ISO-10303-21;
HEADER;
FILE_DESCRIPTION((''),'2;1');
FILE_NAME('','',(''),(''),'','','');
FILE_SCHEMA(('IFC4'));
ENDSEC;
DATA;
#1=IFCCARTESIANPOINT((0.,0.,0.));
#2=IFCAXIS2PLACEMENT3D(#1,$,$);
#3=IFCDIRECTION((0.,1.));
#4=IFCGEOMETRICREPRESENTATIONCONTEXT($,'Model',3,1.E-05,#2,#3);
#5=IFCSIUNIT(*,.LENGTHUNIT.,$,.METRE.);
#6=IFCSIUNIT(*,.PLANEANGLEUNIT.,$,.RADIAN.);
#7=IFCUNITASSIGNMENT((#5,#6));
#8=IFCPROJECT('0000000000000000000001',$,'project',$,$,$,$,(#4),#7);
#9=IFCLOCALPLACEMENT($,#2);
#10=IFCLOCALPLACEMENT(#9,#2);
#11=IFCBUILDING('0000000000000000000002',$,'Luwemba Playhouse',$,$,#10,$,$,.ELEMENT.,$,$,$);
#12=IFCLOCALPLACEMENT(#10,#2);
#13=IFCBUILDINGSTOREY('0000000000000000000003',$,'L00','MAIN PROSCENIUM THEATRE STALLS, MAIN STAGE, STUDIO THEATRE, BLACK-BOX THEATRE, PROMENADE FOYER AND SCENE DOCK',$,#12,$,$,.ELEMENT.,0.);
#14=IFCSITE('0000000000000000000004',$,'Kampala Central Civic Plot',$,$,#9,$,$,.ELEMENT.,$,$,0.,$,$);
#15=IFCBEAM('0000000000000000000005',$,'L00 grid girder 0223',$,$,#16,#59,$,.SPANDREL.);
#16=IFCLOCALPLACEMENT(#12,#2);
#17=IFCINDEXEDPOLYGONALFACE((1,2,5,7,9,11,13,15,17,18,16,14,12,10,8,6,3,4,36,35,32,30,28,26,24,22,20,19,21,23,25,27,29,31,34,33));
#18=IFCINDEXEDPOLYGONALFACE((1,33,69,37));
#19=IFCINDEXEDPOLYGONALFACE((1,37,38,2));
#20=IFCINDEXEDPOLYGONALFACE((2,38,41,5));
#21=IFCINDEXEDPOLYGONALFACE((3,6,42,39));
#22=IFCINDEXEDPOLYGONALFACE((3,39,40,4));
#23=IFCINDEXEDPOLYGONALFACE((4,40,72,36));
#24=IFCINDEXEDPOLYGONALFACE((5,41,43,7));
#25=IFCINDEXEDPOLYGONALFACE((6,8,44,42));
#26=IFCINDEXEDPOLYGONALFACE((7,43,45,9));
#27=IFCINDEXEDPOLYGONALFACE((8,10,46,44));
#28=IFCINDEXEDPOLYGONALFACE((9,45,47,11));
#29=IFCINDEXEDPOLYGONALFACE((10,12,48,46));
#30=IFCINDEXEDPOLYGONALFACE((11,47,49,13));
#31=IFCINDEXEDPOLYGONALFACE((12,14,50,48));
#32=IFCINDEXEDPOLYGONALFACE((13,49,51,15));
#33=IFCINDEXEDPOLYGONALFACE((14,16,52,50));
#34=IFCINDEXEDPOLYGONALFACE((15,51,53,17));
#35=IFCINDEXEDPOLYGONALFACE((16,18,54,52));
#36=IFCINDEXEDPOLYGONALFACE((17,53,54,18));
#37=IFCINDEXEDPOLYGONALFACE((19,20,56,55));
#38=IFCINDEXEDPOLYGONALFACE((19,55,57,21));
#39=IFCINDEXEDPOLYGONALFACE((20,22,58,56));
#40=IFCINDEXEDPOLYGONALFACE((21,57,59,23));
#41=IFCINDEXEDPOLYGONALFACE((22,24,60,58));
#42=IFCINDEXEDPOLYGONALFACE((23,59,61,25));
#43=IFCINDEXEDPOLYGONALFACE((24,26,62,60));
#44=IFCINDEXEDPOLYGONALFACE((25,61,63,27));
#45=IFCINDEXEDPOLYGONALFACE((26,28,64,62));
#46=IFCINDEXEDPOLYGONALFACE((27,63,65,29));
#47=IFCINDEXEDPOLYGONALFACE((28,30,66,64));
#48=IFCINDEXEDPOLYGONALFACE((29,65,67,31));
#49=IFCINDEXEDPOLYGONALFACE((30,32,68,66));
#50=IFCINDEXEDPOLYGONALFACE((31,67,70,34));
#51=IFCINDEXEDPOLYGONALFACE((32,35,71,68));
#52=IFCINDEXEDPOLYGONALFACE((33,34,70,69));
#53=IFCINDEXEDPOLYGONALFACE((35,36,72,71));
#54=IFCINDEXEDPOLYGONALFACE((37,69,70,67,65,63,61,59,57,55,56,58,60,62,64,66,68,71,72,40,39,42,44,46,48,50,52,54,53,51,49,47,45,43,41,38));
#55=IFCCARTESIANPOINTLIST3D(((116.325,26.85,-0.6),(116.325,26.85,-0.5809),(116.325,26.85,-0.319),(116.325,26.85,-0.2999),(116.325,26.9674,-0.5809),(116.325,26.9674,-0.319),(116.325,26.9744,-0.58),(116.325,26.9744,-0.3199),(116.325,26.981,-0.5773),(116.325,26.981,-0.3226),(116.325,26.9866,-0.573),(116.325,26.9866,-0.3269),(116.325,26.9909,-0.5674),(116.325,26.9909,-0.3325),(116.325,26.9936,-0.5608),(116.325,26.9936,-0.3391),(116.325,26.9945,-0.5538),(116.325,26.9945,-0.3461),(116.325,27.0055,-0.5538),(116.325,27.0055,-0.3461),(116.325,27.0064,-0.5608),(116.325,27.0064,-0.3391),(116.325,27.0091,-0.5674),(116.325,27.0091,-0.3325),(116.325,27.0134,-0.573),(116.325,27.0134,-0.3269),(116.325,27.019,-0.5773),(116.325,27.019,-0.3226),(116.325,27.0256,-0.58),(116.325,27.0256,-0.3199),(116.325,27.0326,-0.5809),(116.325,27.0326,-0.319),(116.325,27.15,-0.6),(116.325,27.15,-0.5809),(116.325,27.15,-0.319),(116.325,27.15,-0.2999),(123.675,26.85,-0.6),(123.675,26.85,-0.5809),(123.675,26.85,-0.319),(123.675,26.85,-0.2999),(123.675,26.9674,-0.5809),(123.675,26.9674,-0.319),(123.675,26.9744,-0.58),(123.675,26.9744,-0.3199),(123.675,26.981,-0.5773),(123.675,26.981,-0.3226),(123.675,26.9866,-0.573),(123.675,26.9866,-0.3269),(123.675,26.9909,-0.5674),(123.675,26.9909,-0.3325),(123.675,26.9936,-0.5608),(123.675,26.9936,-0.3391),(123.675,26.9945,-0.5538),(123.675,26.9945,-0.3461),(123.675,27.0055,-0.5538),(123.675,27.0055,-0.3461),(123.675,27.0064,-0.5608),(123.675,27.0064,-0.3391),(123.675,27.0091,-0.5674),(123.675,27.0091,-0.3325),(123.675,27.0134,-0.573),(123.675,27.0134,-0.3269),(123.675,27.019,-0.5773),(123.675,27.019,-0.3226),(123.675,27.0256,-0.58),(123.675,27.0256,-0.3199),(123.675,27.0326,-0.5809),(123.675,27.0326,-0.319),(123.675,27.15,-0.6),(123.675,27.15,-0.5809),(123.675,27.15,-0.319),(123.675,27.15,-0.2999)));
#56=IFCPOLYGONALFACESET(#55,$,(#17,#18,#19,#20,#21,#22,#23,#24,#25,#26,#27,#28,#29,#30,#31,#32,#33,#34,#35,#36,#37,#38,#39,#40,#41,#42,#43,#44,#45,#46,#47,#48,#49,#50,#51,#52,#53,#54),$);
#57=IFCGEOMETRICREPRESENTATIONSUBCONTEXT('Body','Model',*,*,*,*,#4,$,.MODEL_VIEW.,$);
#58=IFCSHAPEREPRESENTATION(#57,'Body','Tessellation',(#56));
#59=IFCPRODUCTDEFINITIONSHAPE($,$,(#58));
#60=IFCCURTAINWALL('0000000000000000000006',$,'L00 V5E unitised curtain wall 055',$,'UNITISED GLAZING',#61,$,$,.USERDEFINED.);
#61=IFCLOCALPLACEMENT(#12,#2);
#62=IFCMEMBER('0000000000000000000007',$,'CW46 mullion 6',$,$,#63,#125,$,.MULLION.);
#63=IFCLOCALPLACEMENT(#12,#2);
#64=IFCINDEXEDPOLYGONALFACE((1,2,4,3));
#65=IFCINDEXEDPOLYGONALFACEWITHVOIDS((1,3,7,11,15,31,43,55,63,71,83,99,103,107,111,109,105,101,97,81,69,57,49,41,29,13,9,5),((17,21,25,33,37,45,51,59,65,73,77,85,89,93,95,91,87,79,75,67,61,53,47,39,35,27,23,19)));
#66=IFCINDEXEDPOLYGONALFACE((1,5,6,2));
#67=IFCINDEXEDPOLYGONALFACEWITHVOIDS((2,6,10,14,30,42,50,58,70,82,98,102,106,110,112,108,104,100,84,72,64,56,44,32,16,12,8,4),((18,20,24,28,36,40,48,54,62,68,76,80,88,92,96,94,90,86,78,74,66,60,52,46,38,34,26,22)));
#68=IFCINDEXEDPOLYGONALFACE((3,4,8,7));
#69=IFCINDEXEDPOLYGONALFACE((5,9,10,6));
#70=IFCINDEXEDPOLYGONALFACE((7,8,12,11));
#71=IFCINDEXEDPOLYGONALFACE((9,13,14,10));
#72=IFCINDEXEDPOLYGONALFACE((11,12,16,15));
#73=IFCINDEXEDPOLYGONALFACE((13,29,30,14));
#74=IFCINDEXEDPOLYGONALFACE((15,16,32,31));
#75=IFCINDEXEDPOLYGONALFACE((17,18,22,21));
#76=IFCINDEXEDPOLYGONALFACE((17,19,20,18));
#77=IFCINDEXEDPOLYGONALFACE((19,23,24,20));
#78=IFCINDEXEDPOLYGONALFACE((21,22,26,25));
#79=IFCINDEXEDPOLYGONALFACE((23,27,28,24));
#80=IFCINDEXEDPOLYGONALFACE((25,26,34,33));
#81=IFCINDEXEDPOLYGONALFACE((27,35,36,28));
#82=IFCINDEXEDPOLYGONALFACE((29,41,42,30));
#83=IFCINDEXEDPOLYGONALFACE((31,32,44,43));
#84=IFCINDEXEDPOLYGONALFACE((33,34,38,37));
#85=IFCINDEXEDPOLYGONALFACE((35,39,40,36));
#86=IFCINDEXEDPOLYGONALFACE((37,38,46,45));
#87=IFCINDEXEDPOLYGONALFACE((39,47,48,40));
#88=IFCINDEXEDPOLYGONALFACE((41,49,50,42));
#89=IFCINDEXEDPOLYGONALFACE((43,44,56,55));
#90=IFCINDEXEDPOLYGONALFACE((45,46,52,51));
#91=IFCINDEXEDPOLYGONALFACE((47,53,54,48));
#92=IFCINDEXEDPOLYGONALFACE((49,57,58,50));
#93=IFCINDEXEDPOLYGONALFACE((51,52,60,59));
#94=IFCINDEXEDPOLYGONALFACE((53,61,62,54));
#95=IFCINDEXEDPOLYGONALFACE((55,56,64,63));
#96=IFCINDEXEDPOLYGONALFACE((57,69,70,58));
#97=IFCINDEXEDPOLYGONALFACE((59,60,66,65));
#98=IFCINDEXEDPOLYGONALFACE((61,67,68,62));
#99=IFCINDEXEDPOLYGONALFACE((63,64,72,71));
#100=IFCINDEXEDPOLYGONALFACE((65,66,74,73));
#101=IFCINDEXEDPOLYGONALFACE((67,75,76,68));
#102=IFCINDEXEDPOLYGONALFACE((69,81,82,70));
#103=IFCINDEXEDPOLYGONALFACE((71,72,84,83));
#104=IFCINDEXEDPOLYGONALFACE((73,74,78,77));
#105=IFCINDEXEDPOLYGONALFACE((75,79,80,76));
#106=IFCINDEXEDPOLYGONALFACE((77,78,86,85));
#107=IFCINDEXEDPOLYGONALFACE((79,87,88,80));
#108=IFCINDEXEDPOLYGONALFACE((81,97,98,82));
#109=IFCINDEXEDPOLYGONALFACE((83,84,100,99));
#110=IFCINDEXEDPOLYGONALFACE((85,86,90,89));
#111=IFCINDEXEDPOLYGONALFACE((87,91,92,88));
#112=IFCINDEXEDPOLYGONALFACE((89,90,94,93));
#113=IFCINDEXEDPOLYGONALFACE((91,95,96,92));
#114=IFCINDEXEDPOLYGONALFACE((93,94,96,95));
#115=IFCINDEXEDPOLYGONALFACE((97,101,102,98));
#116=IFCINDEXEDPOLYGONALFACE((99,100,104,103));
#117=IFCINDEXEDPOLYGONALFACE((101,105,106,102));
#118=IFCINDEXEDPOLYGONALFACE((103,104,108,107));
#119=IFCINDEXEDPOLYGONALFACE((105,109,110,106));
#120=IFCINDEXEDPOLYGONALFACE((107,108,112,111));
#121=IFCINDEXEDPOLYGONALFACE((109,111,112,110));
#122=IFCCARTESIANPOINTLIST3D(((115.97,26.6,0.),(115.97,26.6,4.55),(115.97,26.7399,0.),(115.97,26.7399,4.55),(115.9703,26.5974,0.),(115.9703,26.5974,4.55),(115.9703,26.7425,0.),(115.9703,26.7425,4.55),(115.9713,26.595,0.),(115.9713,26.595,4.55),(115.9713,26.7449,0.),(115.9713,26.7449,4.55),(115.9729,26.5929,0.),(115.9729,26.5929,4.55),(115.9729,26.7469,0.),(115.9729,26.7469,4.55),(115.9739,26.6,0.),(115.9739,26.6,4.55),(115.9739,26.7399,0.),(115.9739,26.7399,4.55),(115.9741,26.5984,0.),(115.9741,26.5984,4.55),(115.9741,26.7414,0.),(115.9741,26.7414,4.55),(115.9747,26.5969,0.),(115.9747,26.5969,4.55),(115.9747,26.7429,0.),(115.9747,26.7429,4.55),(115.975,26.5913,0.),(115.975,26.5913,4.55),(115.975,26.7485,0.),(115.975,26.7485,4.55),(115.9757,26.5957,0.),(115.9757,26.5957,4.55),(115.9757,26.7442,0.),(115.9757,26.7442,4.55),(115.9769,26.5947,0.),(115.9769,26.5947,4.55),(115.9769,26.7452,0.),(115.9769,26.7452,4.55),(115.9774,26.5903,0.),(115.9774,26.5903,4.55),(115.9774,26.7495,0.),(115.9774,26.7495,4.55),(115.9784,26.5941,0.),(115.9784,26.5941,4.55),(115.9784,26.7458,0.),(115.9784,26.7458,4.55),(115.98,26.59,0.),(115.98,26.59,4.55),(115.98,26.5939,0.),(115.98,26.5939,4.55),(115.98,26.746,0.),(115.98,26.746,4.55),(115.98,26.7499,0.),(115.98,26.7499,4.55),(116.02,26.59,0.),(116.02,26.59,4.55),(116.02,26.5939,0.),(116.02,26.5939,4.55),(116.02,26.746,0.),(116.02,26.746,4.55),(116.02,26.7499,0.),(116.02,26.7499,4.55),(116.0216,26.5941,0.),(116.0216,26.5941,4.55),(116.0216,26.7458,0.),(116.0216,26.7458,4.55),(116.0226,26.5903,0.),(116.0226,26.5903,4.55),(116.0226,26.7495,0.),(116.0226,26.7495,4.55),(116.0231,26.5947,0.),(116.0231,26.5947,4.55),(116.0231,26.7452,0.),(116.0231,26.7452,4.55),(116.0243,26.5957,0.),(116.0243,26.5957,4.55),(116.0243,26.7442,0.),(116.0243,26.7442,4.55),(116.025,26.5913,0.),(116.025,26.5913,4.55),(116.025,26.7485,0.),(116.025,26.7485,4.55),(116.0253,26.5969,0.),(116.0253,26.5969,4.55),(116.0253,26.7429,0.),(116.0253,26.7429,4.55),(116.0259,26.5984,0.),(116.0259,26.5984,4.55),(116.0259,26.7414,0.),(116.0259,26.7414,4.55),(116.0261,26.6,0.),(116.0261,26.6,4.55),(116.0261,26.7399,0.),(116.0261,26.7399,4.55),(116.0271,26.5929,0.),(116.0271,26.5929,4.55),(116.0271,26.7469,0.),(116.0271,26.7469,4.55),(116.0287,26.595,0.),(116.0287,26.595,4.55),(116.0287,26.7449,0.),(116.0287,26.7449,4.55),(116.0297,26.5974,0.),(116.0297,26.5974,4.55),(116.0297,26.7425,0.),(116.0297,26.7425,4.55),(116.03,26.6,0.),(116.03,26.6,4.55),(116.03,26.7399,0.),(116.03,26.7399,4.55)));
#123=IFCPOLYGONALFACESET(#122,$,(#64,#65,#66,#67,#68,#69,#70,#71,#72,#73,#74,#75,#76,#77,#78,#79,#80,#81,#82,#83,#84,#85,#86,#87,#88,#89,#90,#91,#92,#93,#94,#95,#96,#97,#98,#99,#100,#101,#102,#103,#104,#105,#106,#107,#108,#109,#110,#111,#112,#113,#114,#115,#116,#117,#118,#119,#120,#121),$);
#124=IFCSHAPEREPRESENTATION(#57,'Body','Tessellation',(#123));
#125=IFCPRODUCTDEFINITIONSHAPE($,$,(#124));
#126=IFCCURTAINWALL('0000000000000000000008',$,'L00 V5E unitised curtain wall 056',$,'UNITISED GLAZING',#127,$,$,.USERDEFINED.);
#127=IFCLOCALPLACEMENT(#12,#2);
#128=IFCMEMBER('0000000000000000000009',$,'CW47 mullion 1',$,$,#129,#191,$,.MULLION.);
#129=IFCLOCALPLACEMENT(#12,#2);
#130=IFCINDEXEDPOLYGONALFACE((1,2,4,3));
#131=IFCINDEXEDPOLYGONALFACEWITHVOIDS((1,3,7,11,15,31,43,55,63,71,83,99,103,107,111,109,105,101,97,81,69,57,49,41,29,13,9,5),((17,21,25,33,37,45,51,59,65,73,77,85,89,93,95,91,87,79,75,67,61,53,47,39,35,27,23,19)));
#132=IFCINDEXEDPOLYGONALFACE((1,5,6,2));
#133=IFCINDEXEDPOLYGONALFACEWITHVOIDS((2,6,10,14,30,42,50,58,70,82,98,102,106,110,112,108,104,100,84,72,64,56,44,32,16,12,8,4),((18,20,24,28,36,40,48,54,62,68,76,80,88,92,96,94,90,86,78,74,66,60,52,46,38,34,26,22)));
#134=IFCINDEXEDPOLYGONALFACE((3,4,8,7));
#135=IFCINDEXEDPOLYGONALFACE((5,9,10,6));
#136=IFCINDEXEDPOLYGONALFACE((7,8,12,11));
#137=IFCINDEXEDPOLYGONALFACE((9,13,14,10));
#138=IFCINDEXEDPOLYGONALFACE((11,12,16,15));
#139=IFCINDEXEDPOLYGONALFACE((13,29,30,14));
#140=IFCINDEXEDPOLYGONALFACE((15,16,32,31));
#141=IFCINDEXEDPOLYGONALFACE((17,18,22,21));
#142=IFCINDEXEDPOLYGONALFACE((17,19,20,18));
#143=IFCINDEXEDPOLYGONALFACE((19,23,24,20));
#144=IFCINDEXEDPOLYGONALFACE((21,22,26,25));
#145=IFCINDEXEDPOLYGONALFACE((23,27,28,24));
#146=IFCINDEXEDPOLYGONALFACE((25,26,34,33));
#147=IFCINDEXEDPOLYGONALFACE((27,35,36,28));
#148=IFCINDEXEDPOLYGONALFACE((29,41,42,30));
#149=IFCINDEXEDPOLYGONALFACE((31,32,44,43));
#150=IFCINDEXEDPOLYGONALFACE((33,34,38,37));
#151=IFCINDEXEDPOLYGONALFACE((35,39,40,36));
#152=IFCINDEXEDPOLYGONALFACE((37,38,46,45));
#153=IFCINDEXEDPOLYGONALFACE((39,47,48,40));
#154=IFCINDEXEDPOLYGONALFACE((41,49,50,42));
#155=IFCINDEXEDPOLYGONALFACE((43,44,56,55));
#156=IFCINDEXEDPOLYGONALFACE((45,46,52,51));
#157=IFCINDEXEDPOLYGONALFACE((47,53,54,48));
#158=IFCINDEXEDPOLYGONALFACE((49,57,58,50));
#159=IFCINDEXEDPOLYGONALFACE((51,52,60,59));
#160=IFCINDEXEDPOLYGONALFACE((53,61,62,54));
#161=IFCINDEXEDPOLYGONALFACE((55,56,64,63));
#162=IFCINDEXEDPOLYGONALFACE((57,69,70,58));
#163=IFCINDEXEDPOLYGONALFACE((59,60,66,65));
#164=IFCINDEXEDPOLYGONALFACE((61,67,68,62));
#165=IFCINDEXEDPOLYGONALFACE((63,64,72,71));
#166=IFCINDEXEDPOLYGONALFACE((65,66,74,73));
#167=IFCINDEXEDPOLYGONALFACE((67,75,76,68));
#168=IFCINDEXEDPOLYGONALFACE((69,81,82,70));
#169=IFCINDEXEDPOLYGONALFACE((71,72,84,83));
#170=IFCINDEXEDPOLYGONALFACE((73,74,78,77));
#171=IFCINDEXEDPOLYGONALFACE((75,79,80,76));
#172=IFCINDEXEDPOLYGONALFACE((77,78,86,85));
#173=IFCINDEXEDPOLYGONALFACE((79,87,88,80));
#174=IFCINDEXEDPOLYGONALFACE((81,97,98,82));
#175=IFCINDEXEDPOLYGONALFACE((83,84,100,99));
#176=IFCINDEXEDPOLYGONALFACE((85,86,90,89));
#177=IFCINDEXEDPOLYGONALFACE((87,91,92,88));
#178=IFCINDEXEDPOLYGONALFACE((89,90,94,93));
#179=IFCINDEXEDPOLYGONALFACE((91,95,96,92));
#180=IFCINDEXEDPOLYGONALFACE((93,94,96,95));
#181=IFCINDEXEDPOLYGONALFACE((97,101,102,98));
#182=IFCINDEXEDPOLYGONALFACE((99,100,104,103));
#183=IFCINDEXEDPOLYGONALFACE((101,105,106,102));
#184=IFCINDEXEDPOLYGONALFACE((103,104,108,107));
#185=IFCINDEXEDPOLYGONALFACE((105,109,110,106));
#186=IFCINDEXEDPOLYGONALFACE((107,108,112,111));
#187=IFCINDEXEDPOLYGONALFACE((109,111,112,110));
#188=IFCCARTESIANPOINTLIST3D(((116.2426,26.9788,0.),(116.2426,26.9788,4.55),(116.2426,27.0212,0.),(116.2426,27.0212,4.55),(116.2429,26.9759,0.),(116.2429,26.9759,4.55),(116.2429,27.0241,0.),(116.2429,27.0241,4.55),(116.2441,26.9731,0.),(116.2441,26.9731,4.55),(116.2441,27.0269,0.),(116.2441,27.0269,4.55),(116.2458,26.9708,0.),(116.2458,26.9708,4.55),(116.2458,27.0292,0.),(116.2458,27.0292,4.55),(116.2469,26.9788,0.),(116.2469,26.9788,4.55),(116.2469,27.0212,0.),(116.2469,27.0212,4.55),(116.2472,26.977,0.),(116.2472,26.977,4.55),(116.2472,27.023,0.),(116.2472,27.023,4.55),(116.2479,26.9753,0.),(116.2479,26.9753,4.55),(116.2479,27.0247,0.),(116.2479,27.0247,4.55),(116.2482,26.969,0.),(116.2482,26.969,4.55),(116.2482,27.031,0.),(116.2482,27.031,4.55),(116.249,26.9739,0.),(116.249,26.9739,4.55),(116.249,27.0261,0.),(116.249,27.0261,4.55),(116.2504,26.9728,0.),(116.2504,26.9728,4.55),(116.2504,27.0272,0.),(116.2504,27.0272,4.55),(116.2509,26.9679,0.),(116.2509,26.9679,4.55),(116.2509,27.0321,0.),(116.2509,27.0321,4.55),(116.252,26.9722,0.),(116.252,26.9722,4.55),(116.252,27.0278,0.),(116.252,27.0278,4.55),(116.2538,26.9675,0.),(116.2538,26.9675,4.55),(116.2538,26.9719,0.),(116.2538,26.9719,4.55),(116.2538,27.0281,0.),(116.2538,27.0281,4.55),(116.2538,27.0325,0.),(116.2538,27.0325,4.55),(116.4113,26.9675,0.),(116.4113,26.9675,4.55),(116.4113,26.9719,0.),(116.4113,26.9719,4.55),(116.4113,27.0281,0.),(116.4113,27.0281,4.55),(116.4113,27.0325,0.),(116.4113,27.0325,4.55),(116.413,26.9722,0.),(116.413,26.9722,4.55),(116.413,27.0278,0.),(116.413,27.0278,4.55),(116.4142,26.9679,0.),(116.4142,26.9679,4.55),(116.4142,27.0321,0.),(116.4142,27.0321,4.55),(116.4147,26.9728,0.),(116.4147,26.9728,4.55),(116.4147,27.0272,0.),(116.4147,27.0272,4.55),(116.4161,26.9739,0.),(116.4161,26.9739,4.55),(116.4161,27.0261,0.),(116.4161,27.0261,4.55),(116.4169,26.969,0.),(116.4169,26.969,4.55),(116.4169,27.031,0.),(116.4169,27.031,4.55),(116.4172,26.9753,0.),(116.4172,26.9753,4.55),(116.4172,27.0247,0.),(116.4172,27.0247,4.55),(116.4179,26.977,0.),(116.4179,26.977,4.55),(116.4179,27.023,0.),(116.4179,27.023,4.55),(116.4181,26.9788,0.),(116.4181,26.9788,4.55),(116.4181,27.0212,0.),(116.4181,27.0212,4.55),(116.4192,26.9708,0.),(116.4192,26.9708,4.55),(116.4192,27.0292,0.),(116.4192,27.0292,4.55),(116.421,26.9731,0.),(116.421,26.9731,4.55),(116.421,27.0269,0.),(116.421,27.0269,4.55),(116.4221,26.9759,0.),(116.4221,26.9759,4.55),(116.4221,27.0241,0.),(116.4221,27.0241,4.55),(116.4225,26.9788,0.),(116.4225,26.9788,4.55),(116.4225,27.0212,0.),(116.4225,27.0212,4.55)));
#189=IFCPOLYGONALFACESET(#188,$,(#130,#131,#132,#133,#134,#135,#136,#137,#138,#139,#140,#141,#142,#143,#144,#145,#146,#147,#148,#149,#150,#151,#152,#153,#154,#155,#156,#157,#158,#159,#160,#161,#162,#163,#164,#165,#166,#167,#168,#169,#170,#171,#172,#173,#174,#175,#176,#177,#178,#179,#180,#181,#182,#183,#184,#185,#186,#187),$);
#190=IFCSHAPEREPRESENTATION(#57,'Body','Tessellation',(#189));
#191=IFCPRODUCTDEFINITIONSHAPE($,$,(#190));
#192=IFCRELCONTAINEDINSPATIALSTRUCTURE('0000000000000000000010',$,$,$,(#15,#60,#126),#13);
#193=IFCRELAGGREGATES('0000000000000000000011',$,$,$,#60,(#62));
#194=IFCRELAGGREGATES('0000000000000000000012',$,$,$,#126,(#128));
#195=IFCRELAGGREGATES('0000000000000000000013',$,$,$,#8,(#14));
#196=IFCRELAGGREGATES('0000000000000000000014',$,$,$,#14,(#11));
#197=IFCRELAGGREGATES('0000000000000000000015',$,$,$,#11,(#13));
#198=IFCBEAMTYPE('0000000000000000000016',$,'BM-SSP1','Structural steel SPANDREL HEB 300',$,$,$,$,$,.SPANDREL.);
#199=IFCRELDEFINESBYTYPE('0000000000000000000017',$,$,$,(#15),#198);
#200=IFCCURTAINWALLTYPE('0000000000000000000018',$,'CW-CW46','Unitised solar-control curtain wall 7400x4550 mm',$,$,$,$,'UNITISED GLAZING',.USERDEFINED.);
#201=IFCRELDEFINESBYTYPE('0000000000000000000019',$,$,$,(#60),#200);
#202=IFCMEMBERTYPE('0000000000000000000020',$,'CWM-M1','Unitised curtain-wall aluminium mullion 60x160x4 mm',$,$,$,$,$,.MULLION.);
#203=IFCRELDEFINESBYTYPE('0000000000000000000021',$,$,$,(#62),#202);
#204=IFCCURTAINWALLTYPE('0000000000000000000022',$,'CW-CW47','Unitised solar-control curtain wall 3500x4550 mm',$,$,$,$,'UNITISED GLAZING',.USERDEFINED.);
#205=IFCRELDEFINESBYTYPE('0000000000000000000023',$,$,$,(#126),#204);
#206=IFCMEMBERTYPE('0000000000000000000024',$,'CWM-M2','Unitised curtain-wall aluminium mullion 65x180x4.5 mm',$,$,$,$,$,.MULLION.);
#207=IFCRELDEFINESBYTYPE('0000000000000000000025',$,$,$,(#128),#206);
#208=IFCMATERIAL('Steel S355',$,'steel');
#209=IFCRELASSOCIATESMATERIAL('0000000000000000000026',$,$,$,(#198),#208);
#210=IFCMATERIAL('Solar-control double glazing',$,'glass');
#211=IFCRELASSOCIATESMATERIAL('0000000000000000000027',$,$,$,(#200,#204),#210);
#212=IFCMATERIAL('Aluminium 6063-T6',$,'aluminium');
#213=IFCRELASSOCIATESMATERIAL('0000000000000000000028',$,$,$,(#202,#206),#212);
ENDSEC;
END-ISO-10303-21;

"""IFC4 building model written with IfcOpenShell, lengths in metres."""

from ifc_helpers import new_model, si_unit, direction, frame, origin, origin_2d, place, context, subcontext, project, spatial, hollow_rectangle, i_section, extrude, material, material_profile, profile_set, type_object, element, aggregate, save


model = new_model("IFC4")

# Units and contexts
model_context = context("Model", 3, precision=1e-05, world=origin(), true_north=direction((0.0, 1.0)))
body_context = subcontext(model_context, "Body", "Model", "MODEL_VIEW")
ifc_project = project(units=[si_unit("LENGTHUNIT", "METRE"), si_unit("PLANEANGLEUNIT", "RADIAN")], contexts=[model_context])

# Site, building, storey
site_placement = place(None, origin())
site = spatial("IfcSite", under=ifc_project, at=site_placement, Name="Kampala Central Civic Plot", CompositionType="ELEMENT", RefElevation=0.0)
building_placement = place(site_placement, origin())
building = spatial("IfcBuilding", under=site, at=building_placement, Name="Luwemba Playhouse", CompositionType="ELEMENT")
storey_placement = place(building_placement, origin())
storey = spatial("IfcBuildingStorey", under=building, at=storey_placement, Name="L00", Description="MAIN PROSCENIUM THEATRE STALLS, MAIN STAGE, STUDIO THEATRE, BLACK-BOX THEATRE, PROMENADE FOYER AND SCENE DOCK", CompositionType="ELEMENT", Elevation=0.0)

# Beam
ifc_material_1 = material(Name="Steel S355", Category="steel")
ifc_material_profile_1 = material_profile(ifc_material_1, i_section(OverallWidth=0.3, OverallDepth=0.3, WebThickness=0.011, FlangeThickness=0.019, FilletRadius=0.0271, at=origin_2d()))
ifc_profile_set_1 = profile_set([ifc_material_profile_1], Name="Steel S355")
beam_type = type_object("IfcBeamType", Name="BM-SSP1", Description="Structural steel SPANDREL HEB 300", PredefinedType="SPANDREL", material=ifc_profile_set_1)
beam_placement = place(storey_placement, frame((116.325, 27.0, -0.45), z_axis=(1.0, 0.0, 0.0), x_axis=(0.0, 1.0, 0.0)))
element("IfcBeam", 1, at=beam_placement, inside=storey, type_object=beam_type, Name="L00 grid girder 0223", PredefinedType="SPANDREL", context=body_context, shape_type="SweptSolid", body=[
    extrude(i_section(OverallWidth=0.3, OverallDepth=0.3, WebThickness=0.011, FlangeThickness=0.019, FilletRadius=0.0271, at=origin_2d()), origin(), (0.0, 0.0, 1.0), 7.3501),
])

# Curtain wall, member
ifc_material_2 = material(Name="Solar-control double glazing", Category="glass")
curtain_wall_type_1 = type_object("IfcCurtainWallType", Name="CW-CW46", Description="Unitised solar-control curtain wall 7400x4550 mm", ElementType="UNITISED GLAZING", PredefinedType="USERDEFINED", material=ifc_material_2)
curtain_wall_1_placement = place(storey_placement, origin())
curtain_wall_1 = element("IfcCurtainWall", 2, at=curtain_wall_1_placement, inside=storey, type_object=curtain_wall_type_1, Name="L00 V5E unitised curtain wall 055", ObjectType="UNITISED GLAZING", PredefinedType="USERDEFINED")
ifc_material_3 = material(Name="Aluminium 6063-T6", Category="aluminium")
ifc_material_profile_2 = material_profile(ifc_material_3, hollow_rectangle(XDim=0.0601, YDim=0.1599, WallThickness=0.0039, InnerFilletRadius=0.0061, OuterFilletRadius=0.01, at=origin_2d()))
ifc_profile_set_2 = profile_set([ifc_material_profile_2], Name="Aluminium 6063-T6")
member_type_1 = type_object("IfcMemberType", Name="CWM-M1", Description="Unitised curtain-wall aluminium mullion 60x160x4 mm", PredefinedType="MULLION", material=ifc_profile_set_2)
member_1_placement = place(storey_placement, frame((116.0, 26.6699, 0.0), z_axis=(0.0, 0.0, 1.0), x_axis=(-1.0, 0.0, 0.0)))
member_1 = element("IfcMember", 3, at=member_1_placement, type_object=member_type_1, Name="CW46 mullion 6", PredefinedType="MULLION", context=body_context, shape_type="SweptSolid", body=[
    extrude(hollow_rectangle(XDim=0.0601, YDim=0.1599, WallThickness=0.0039, InnerFilletRadius=0.0061, OuterFilletRadius=0.01, at=origin_2d()), origin(), (0.0, 0.0, 1.0), 4.55),
])

# Curtain wall, member
curtain_wall_type_2 = type_object("IfcCurtainWallType", Name="CW-CW47", Description="Unitised solar-control curtain wall 3500x4550 mm", ElementType="UNITISED GLAZING", PredefinedType="USERDEFINED", material=ifc_material_2)
curtain_wall_2_placement = place(storey_placement, origin())
curtain_wall_2 = element("IfcCurtainWall", 4, at=curtain_wall_2_placement, inside=storey, type_object=curtain_wall_type_2, Name="L00 V5E unitised curtain wall 056", ObjectType="UNITISED GLAZING", PredefinedType="USERDEFINED")
ifc_material_profile_3 = material_profile(ifc_material_3, hollow_rectangle(XDim=0.0649, YDim=0.1799, WallThickness=0.0044, InnerFilletRadius=0.0068, OuterFilletRadius=0.0112, at=origin_2d()))
ifc_profile_set_3 = profile_set([ifc_material_profile_3], Name="Aluminium 6063-T6")
member_type_2 = type_object("IfcMemberType", Name="CWM-M2", Description="Unitised curtain-wall aluminium mullion 65x180x4.5 mm", PredefinedType="MULLION", material=ifc_profile_set_3)
member_2_placement = place(storey_placement, frame((116.3325, 27.0, 0.0), z_axis=(0.0, 0.0, 1.0), x_axis=(0.0, 1.0, 0.0)))
member_2 = element("IfcMember", 5, at=member_2_placement, type_object=member_type_2, Name="CW47 mullion 1", PredefinedType="MULLION", context=body_context, shape_type="SweptSolid", body=[
    extrude(hollow_rectangle(XDim=0.0649, YDim=0.1799, WallThickness=0.0044, InnerFilletRadius=0.0068, OuterFilletRadius=0.0112, at=origin_2d()), origin(), (0.0, 0.0, 1.0), 4.55),
])

aggregate(curtain_wall_1, [member_1])
aggregate(curtain_wall_2, [member_2])

save(model, "model.ifc")
